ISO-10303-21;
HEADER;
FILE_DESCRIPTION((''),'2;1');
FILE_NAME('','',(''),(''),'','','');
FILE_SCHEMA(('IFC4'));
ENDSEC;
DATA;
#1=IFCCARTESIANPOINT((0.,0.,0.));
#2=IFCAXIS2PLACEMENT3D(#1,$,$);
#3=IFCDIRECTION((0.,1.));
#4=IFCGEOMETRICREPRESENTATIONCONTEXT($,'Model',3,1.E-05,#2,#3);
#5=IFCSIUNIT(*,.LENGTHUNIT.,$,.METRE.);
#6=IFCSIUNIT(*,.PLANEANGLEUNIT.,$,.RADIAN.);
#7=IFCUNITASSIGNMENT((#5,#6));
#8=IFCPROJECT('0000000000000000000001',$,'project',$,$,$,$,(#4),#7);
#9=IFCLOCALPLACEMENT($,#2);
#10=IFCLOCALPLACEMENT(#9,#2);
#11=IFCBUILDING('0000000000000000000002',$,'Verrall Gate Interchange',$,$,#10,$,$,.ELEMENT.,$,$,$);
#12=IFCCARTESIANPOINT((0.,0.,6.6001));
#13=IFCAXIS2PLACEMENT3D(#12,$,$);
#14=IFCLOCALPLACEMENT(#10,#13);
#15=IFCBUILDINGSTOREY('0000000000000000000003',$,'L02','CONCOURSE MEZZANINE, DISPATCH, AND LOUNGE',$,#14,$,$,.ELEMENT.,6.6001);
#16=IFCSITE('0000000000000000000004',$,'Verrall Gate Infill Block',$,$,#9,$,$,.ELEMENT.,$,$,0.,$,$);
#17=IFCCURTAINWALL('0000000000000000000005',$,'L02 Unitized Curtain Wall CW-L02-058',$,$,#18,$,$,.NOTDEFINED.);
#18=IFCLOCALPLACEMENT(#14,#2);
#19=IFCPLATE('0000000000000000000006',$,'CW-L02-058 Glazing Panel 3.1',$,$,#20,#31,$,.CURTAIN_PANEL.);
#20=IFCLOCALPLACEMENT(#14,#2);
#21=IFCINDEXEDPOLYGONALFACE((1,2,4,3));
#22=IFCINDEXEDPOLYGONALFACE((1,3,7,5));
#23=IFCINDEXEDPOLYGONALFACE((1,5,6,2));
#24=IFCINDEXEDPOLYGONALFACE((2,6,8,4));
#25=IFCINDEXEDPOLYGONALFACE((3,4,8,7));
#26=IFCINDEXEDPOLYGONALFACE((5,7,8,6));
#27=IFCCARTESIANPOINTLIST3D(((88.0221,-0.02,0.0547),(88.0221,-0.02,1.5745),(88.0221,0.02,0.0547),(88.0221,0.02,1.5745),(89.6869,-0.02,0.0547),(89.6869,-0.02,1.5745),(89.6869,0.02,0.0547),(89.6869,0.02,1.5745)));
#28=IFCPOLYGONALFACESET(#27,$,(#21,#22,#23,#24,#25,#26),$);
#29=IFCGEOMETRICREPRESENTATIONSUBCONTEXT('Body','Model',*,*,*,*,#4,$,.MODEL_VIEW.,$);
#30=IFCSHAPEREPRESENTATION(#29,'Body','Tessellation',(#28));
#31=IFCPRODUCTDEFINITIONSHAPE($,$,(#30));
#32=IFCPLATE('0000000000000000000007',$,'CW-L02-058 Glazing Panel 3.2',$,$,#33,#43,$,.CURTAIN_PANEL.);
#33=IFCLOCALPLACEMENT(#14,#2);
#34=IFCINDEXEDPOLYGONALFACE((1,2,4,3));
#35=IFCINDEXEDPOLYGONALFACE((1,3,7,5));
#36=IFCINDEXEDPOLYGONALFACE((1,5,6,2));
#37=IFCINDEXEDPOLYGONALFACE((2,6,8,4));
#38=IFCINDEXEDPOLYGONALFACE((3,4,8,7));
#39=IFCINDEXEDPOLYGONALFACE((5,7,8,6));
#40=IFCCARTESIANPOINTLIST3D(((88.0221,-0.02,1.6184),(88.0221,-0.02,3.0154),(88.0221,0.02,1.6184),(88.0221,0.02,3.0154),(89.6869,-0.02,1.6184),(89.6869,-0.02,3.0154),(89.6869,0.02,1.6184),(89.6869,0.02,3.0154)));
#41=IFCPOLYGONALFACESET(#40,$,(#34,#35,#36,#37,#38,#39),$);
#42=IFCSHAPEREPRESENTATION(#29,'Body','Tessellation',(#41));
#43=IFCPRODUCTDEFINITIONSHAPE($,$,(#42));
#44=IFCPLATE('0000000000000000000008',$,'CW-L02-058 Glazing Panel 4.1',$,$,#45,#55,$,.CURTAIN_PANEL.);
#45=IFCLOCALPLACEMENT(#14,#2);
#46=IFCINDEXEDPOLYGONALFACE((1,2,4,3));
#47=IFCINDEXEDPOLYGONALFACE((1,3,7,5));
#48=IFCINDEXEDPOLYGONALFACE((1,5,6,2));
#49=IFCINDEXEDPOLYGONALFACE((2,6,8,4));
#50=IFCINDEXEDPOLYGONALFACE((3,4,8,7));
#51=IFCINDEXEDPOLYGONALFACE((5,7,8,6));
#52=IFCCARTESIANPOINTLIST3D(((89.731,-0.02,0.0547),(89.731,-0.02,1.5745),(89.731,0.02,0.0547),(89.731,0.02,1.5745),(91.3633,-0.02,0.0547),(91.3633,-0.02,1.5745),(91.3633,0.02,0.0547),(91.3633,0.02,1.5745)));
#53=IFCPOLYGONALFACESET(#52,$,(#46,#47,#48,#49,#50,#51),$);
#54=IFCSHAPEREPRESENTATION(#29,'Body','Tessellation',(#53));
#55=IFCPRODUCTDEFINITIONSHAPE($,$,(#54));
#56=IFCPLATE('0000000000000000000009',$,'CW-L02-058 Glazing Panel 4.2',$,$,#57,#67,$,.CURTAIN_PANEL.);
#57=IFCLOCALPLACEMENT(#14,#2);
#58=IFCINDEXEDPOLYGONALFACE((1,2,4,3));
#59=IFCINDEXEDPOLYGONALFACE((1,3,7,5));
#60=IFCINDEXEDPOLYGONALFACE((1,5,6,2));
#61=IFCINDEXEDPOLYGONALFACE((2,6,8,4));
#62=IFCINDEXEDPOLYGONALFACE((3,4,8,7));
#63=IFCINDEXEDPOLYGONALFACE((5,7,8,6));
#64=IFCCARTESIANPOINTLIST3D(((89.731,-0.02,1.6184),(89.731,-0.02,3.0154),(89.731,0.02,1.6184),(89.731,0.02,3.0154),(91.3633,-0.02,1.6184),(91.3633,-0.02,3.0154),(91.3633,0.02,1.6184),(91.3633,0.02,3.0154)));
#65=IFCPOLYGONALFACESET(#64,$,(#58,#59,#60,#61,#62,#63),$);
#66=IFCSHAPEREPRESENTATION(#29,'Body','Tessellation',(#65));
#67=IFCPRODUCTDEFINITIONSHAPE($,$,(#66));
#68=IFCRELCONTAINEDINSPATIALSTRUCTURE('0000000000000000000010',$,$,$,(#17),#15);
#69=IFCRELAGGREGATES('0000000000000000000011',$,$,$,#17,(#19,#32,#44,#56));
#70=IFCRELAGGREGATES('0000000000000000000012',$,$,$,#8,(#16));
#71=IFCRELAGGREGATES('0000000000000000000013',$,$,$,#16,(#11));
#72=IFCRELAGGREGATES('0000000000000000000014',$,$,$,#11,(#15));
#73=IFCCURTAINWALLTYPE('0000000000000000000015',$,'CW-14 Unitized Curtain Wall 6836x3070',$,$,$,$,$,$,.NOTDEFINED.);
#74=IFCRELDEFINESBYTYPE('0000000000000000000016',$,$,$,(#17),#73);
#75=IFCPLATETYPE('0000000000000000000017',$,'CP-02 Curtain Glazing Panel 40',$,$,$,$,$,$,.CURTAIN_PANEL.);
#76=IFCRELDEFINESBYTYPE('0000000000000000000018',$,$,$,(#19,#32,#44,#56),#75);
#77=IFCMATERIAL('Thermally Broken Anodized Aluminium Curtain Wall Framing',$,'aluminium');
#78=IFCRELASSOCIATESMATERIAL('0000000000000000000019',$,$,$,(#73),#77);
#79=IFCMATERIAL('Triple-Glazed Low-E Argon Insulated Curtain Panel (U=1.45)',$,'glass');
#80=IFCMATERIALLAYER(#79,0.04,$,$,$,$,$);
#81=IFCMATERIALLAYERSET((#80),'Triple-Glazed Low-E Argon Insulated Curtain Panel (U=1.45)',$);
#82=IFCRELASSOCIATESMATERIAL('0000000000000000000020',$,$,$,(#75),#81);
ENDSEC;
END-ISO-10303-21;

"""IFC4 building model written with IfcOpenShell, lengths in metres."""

from ifc_helpers import new_model, si_unit, direction, frame, origin, origin_2d, place, context, subcontext, project, spatial, rectangle, extrude, material, layer, layer_set, type_object, element, aggregate, save


model = new_model("IFC4")

# Units and contexts
model_context = context("Model", 3, precision=1e-05, world=origin(), true_north=direction((0.0, 1.0)))
body_context = subcontext(model_context, "Body", "Model", "MODEL_VIEW")
ifc_project = project(units=[si_unit("LENGTHUNIT", "METRE"), si_unit("PLANEANGLEUNIT", "RADIAN")], contexts=[model_context])

# Site, building, storey
site_placement = place(None, origin())
site = spatial("IfcSite", under=ifc_project, at=site_placement, Name="Verrall Gate Infill Block", CompositionType="ELEMENT", RefElevation=0.0)
building_placement = place(site_placement, origin())
building = spatial("IfcBuilding", under=site, at=building_placement, Name="Verrall Gate Interchange", CompositionType="ELEMENT")
storey_placement = place(building_placement, frame((0.0, 0.0, 6.6001)))
storey = spatial("IfcBuildingStorey", under=building, at=storey_placement, Name="L02", Description="CONCOURSE MEZZANINE, DISPATCH, AND LOUNGE", CompositionType="ELEMENT", Elevation=6.6001)

# Curtain wall
ifc_material_1 = material(Name="Thermally Broken Anodized Aluminium Curtain Wall Framing", Category="aluminium")
curtain_wall_type = type_object("IfcCurtainWallType", Name="CW-14 Unitized Curtain Wall 6836x3070", PredefinedType="NOTDEFINED", material=ifc_material_1)
curtain_wall_placement = place(storey_placement, origin())
curtain_wall = element("IfcCurtainWall", 1, at=curtain_wall_placement, inside=storey, type_object=curtain_wall_type, Name="L02 Unitized Curtain Wall CW-L02-058", PredefinedType="NOTDEFINED")

# Plates
ifc_material_2 = material(Name="Triple-Glazed Low-E Argon Insulated Curtain Panel (U=1.45)", Category="glass")
ifc_layer_1 = layer(ifc_material_2, 0.04)
ifc_layer_set_1 = layer_set([ifc_layer_1], Name="Triple-Glazed Low-E Argon Insulated Curtain Panel (U=1.45)")
plate_type_1 = type_object("IfcPlateType", Name="CP-02 Curtain Glazing Panel 40", PredefinedType="CURTAIN_PANEL", material=ifc_layer_set_1)
plate_1_placement = place(storey_placement, frame((88.8545, 0.0, 0.0547), z_axis=(0.0, 0.0, 1.0), x_axis=(1.0, 0.0, 0.0)))
plate_1 = element("IfcPlate", 2, at=plate_1_placement, type_object=plate_type_1, Name="CW-L02-058 Glazing Panel 3.1", PredefinedType="CURTAIN_PANEL", context=body_context, shape_type="SweptSolid", body=[
    extrude(rectangle(XDim=1.6648, YDim=0.04, at=origin_2d()), origin(), (0.0, 0.0, 1.0), 1.5198),
])
plate_2_placement = place(storey_placement, frame((88.8545, 0.0, 1.6184), z_axis=(0.0, 0.0, 1.0), x_axis=(1.0, 0.0, 0.0)))
plate_2 = element("IfcPlate", 3, at=plate_2_placement, type_object=plate_type_1, Name="CW-L02-058 Glazing Panel 3.2", PredefinedType="CURTAIN_PANEL", context=body_context, shape_type="SweptSolid", body=[
    extrude(rectangle(XDim=1.6648, YDim=0.04, at=origin_2d()), origin(), (0.0, 0.0, 1.0), 1.397),
])
plate_3_placement = place(storey_placement, frame((90.5471, 0.0, 0.0547), z_axis=(0.0, 0.0, 1.0), x_axis=(1.0, 0.0, 0.0)))
plate_3 = element("IfcPlate", 4, at=plate_3_placement, type_object=plate_type_1, Name="CW-L02-058 Glazing Panel 4.1", PredefinedType="CURTAIN_PANEL", context=body_context, shape_type="SweptSolid", body=[
    extrude(rectangle(XDim=1.6323, YDim=0.04, at=origin_2d()), origin(), (0.0, 0.0, 1.0), 1.5198),
])
plate_4_placement = place(storey_placement, frame((90.5471, 0.0, 1.6184), z_axis=(0.0, 0.0, 1.0), x_axis=(1.0, 0.0, 0.0)))
plate_4 = element("IfcPlate", 5, at=plate_4_placement, type_object=plate_type_1, Name="CW-L02-058 Glazing Panel 4.2", PredefinedType="CURTAIN_PANEL", context=body_context, shape_type="SweptSolid", body=[
    extrude(rectangle(XDim=1.6323, YDim=0.04, at=origin_2d()), origin(), (0.0, 0.0, 1.0), 1.397),
])
aggregate(curtain_wall, [plate_1, plate_2, plate_3, plate_4])

save(model, "model.ifc")
